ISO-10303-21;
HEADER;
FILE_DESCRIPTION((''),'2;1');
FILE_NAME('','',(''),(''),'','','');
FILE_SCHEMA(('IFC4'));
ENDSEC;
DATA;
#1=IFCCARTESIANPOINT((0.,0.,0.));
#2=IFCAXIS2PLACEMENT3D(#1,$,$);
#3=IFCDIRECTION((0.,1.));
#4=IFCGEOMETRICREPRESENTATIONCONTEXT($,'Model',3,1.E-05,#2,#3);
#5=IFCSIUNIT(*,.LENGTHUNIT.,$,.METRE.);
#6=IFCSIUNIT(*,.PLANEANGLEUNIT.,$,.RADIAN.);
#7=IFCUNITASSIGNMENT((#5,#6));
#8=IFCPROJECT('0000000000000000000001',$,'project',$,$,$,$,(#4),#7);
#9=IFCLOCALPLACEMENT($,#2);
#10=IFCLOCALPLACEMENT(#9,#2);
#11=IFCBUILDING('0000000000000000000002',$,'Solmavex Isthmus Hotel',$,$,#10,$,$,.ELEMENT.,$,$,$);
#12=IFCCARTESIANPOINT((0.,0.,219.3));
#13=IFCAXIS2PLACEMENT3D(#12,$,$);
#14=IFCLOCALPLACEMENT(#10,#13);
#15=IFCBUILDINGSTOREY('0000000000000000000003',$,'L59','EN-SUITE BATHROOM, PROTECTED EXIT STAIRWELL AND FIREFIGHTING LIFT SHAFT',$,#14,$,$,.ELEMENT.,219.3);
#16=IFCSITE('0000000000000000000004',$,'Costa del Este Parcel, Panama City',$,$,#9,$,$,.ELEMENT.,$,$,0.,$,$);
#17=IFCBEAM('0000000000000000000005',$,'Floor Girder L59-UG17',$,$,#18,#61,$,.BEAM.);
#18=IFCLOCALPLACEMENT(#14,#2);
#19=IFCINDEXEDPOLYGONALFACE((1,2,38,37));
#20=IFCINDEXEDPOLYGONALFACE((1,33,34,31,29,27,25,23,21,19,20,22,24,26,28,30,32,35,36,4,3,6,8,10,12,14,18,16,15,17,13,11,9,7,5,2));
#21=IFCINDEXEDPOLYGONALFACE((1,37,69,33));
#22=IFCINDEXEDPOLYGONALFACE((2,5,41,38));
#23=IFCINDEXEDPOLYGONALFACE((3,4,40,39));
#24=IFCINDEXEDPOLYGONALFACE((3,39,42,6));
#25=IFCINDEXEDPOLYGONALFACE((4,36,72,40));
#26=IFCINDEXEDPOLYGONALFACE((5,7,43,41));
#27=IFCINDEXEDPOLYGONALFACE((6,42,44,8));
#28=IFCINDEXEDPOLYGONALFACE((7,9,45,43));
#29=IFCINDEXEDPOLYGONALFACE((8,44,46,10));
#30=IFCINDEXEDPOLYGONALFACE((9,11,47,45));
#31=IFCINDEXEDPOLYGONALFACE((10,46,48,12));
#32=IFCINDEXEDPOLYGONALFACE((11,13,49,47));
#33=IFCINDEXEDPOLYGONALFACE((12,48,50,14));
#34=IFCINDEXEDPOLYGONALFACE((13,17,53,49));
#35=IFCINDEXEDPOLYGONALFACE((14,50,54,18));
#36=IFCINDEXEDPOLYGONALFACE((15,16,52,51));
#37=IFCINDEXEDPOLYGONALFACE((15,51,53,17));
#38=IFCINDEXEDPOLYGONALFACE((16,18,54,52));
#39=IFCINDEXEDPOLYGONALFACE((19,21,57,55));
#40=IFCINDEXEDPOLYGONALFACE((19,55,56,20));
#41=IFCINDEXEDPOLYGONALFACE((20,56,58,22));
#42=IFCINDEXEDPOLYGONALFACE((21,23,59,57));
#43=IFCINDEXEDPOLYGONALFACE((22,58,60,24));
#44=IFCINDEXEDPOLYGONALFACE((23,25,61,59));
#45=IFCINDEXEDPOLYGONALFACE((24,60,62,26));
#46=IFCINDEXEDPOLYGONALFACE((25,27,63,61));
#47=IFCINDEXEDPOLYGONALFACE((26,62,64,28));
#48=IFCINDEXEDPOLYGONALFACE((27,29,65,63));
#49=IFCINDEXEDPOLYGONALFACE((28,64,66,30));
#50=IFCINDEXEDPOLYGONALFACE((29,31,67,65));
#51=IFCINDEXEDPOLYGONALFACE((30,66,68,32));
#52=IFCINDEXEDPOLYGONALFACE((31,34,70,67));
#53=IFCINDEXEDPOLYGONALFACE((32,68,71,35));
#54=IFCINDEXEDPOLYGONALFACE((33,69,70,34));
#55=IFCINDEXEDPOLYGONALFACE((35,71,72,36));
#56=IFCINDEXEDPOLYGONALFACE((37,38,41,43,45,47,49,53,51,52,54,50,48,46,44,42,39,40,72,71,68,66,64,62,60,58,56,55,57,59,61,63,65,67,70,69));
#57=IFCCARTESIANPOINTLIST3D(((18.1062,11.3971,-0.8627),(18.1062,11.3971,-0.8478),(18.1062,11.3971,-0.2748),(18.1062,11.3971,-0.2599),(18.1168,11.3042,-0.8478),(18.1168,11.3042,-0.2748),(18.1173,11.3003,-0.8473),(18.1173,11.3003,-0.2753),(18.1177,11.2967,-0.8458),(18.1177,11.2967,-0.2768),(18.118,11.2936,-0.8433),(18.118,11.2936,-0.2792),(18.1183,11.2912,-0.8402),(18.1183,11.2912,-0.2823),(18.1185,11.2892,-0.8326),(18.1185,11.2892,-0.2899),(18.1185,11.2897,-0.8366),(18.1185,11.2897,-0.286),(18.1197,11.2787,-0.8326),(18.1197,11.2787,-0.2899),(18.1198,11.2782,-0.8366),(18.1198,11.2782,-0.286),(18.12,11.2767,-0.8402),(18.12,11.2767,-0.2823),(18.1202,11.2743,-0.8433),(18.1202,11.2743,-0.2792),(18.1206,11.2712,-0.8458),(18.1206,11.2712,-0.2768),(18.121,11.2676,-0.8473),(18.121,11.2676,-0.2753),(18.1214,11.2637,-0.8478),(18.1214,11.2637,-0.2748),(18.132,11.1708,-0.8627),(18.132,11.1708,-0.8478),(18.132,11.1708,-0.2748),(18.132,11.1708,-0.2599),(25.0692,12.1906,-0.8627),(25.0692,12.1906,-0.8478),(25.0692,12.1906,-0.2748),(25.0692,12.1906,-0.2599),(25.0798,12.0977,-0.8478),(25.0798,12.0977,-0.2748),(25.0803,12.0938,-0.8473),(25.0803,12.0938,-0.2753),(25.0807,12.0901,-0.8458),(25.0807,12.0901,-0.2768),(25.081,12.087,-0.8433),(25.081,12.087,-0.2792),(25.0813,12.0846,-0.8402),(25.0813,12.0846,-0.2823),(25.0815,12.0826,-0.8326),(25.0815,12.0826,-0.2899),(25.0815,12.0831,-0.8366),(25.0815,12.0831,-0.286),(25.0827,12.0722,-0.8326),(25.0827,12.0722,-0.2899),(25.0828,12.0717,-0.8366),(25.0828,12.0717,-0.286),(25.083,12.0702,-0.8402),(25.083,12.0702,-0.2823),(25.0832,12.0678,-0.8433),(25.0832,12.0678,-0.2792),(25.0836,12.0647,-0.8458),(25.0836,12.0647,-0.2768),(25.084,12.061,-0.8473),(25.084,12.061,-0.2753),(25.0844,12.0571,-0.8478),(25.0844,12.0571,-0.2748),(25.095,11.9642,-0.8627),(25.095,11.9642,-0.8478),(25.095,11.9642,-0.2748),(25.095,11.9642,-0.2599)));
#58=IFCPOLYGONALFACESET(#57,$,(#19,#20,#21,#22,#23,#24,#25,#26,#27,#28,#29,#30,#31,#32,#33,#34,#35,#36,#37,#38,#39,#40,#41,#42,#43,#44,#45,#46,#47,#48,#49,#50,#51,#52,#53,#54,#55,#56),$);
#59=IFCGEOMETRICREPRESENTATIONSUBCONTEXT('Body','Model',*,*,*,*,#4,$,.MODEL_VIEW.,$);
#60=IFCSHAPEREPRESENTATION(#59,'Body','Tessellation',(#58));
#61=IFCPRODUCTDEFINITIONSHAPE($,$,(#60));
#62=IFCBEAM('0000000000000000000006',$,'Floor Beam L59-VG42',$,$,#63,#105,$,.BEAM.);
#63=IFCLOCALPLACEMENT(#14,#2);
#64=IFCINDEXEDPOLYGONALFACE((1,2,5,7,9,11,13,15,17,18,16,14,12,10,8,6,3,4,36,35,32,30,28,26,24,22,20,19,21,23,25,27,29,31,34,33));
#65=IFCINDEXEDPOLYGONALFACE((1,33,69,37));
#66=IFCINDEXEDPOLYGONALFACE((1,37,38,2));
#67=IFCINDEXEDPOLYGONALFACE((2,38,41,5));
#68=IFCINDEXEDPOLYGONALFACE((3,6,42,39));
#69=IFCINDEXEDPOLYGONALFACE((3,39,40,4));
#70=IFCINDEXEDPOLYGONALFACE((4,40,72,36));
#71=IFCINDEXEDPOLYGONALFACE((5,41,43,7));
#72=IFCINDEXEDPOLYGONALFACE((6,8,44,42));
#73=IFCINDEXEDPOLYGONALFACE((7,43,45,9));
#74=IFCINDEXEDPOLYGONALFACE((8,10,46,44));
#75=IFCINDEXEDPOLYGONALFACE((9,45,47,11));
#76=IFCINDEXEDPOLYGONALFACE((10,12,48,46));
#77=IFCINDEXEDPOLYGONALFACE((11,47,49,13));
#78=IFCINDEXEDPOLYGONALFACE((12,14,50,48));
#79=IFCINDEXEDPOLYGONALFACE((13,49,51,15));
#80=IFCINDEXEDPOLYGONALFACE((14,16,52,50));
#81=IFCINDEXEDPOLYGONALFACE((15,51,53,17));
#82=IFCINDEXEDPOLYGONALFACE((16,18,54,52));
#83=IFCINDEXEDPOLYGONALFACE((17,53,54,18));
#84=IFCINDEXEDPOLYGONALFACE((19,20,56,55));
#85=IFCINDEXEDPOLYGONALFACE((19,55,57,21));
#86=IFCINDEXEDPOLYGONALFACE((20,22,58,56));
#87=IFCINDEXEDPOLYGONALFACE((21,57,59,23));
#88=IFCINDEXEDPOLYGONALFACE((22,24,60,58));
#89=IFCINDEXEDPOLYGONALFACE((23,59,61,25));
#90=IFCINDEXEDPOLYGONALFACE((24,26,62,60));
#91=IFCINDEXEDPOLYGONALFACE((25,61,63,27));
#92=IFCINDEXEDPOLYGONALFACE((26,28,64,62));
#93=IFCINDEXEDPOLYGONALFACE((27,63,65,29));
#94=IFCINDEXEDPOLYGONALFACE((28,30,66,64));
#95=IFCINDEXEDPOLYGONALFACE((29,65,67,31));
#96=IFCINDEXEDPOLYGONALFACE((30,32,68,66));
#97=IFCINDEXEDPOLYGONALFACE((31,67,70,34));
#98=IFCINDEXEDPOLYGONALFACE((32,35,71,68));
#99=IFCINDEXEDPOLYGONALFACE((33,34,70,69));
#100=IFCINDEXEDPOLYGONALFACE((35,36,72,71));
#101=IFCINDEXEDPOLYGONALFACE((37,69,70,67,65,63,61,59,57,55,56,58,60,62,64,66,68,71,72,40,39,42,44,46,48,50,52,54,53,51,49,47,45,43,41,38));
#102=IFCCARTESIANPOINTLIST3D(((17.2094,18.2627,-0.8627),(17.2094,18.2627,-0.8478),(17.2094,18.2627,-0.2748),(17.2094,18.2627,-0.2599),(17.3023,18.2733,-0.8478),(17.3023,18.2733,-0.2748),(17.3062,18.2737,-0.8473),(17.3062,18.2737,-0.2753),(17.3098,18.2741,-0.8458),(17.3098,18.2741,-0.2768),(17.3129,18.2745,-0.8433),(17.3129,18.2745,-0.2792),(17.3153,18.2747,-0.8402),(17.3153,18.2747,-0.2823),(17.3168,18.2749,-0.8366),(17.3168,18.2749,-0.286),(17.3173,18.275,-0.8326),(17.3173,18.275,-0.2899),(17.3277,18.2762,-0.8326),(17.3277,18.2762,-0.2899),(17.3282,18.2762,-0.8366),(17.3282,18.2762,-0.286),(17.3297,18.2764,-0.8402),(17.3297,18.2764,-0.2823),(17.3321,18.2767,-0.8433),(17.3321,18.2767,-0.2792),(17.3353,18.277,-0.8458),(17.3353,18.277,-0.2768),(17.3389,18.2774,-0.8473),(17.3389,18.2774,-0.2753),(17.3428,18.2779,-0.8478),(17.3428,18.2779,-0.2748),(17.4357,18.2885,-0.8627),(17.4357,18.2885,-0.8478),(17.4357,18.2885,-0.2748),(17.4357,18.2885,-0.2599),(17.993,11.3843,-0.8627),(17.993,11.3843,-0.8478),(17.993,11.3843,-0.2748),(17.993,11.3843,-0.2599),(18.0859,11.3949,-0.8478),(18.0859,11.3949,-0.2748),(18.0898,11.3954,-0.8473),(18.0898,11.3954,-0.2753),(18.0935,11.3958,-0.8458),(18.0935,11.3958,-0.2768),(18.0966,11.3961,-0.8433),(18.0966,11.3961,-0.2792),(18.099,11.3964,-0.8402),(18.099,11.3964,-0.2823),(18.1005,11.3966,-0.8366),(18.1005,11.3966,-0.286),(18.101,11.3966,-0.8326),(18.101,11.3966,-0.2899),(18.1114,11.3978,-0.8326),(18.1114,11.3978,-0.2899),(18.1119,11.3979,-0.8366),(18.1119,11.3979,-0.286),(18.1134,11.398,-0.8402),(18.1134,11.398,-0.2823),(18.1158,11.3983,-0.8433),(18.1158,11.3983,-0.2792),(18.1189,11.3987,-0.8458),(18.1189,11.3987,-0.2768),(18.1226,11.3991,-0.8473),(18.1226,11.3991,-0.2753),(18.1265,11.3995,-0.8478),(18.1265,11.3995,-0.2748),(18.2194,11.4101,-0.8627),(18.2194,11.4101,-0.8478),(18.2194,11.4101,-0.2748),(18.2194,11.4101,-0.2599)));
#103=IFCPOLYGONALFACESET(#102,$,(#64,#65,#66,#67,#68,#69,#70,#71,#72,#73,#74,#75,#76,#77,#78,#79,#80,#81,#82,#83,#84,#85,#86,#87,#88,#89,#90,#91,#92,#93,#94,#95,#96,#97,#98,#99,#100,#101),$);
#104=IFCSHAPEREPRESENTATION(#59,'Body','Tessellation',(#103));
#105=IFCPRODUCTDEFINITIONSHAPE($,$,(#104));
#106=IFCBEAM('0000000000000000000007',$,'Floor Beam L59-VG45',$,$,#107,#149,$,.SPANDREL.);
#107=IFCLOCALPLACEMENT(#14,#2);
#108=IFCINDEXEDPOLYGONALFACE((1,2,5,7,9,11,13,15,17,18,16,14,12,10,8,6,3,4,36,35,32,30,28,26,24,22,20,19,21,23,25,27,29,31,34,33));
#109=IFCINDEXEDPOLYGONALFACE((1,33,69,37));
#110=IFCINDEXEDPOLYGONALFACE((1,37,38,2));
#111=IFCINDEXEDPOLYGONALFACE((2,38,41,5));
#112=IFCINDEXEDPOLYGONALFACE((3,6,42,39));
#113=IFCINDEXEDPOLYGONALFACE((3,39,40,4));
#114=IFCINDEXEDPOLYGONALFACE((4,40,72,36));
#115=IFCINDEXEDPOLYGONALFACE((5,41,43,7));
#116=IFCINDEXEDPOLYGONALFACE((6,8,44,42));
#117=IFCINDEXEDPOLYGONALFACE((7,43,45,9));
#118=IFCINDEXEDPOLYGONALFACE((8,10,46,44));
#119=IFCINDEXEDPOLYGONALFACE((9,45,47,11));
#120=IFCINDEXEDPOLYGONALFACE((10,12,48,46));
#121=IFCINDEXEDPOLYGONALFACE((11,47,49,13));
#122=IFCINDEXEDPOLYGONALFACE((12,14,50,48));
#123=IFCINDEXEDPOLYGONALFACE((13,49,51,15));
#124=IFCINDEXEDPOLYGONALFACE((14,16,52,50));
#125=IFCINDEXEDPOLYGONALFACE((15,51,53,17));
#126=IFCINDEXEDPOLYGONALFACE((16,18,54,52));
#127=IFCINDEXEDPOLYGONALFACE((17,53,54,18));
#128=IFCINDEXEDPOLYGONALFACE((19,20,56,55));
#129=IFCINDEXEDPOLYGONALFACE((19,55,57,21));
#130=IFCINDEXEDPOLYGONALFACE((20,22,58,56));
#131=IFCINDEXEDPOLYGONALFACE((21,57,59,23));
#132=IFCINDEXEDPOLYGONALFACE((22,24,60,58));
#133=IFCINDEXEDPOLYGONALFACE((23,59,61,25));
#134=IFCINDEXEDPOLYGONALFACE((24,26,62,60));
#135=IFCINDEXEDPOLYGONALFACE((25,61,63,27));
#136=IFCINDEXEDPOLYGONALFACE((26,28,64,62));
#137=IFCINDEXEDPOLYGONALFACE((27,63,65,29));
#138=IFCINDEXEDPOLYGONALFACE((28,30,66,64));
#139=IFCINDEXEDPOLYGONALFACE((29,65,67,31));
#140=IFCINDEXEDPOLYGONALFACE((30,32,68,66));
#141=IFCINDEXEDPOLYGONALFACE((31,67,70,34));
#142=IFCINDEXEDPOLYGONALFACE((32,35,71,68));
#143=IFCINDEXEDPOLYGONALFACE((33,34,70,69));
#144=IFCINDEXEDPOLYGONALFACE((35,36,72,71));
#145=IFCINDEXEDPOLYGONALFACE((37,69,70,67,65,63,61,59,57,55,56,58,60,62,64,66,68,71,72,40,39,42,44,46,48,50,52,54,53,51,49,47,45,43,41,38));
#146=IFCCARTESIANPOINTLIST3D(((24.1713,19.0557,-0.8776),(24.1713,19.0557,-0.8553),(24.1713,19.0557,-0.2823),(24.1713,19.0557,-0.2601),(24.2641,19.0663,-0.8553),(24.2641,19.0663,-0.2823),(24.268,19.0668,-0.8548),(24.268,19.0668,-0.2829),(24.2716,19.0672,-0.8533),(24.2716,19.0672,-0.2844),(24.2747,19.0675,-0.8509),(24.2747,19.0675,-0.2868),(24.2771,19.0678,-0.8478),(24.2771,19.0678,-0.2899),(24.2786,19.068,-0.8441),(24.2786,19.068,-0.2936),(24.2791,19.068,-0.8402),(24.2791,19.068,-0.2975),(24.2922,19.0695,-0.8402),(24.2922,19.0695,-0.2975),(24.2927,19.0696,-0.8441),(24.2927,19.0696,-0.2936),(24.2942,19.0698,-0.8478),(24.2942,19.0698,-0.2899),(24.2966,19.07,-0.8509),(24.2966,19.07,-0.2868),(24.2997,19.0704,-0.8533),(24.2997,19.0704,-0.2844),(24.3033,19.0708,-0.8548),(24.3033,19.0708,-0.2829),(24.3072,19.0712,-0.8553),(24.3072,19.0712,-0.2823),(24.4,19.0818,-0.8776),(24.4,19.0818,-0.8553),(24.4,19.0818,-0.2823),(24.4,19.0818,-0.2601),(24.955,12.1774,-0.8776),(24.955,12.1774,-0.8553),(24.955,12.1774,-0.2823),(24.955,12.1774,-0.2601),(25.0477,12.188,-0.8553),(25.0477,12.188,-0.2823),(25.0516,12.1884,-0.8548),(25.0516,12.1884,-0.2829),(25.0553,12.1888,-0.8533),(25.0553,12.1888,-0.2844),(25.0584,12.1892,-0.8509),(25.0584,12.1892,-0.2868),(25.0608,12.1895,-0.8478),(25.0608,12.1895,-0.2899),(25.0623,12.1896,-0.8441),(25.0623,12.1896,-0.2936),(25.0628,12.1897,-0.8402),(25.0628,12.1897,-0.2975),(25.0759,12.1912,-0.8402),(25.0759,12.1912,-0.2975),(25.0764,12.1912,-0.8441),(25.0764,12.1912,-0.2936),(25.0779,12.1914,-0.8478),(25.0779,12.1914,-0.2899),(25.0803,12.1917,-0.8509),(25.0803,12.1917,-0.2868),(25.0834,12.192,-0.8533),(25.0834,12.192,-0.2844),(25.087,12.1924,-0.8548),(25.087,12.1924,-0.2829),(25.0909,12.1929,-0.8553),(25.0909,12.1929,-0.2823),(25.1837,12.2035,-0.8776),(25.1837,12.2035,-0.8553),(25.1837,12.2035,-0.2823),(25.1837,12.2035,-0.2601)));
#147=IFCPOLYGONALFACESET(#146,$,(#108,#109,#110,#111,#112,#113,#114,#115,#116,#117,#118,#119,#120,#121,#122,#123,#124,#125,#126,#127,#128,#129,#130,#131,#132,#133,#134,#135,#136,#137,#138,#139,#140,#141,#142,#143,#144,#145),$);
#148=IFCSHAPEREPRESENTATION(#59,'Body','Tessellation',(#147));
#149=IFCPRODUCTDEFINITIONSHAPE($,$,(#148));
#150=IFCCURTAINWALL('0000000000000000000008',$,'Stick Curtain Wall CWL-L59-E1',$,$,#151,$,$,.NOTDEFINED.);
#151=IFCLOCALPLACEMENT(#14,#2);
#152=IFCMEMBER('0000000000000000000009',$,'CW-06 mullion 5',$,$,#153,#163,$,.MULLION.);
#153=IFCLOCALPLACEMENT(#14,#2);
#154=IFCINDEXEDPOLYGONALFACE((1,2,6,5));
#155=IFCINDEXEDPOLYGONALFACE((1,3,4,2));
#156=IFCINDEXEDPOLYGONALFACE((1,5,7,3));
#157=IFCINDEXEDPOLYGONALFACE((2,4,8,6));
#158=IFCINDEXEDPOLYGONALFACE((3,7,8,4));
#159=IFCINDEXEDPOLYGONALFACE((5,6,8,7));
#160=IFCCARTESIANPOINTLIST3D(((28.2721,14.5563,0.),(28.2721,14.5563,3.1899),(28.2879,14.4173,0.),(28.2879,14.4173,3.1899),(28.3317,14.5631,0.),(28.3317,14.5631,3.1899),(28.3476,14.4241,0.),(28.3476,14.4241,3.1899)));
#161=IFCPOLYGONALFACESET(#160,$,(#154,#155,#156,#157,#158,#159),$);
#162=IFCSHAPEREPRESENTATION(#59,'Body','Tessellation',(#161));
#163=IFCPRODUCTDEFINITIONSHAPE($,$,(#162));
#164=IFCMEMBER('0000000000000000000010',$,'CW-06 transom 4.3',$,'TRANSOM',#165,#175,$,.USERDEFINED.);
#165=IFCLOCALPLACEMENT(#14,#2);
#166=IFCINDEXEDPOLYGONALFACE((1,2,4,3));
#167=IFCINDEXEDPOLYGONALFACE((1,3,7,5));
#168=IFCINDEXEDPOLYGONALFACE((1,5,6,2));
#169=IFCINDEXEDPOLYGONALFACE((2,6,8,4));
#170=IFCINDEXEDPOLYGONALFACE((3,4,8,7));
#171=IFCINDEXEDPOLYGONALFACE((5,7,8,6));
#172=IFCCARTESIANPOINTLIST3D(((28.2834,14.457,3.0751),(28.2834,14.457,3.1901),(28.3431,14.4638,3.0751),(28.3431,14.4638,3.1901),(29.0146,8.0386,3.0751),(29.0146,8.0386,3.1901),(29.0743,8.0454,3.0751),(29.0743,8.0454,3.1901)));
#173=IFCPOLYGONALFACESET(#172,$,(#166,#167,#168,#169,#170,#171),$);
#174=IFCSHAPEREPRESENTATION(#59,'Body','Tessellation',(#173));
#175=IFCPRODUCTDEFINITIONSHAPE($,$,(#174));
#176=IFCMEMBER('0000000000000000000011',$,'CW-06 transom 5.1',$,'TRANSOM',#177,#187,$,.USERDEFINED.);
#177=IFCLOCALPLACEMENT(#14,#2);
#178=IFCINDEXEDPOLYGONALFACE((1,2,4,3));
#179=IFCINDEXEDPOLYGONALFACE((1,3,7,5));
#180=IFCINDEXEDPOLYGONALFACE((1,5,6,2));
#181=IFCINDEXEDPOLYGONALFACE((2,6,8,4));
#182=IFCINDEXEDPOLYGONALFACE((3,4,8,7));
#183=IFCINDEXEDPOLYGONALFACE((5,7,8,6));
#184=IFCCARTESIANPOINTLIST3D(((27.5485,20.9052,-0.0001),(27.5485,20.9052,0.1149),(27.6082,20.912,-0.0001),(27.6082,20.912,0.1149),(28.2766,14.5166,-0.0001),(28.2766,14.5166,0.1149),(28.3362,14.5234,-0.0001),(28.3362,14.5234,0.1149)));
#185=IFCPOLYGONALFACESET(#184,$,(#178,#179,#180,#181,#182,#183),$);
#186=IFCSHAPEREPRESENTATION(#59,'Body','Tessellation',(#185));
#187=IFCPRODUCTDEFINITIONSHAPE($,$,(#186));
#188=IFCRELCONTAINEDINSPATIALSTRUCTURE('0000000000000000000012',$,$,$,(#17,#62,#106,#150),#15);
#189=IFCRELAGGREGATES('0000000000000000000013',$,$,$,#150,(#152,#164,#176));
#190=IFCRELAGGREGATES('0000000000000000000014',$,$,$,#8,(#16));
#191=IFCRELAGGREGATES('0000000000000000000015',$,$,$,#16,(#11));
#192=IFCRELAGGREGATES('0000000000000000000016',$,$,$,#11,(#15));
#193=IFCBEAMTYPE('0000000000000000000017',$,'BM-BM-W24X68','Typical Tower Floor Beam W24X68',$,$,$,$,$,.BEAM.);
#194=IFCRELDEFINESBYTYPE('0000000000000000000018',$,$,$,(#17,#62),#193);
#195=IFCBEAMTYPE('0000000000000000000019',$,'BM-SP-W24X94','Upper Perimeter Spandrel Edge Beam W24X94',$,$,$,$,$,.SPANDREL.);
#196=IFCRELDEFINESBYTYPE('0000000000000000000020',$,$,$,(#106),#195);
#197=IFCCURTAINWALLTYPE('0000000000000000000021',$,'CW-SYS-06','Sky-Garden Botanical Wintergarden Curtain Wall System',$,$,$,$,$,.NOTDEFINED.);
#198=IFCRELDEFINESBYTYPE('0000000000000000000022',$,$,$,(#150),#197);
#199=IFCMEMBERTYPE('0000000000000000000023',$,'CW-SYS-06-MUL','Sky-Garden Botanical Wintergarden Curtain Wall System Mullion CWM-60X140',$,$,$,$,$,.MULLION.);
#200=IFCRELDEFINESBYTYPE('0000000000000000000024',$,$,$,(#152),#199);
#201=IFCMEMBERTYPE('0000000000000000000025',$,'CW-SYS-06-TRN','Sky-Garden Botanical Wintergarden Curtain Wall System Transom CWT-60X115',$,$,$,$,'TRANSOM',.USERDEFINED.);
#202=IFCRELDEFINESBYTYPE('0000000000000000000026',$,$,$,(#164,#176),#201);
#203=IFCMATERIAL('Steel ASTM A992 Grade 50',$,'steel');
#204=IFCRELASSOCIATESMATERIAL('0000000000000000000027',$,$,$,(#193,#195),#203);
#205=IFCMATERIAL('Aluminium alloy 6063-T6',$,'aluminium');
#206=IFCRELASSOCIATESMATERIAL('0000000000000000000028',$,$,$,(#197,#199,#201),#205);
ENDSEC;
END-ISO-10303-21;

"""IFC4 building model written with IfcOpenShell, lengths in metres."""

from ifc_helpers import new_model, si_unit, direction, frame, origin, origin_2d, place, context, subcontext, project, spatial, rectangle, i_section, extrude, material, material_profile, profile_set, type_object, element, aggregate, save


model = new_model("IFC4")

# Units and contexts
model_context = context("Model", 3, precision=1e-05, world=origin(), true_north=direction((0.0, 1.0)))
body_context = subcontext(model_context, "Body", "Model", "MODEL_VIEW")
ifc_project = project(units=[si_unit("LENGTHUNIT", "METRE"), si_unit("PLANEANGLEUNIT", "RADIAN")], contexts=[model_context])

# Site, building, storey
site_placement = place(None, origin())
site = spatial("IfcSite", under=ifc_project, at=site_placement, Name="Costa del Este Parcel, Panama City", CompositionType="ELEMENT", RefElevation=0.0)
building_placement = place(site_placement, origin())
building = spatial("IfcBuilding", under=site, at=building_placement, Name="Solmavex Isthmus Hotel", CompositionType="ELEMENT")
storey_placement = place(building_placement, frame((0.0, 0.0, 219.3)))
storey = spatial("IfcBuildingStorey", under=building, at=storey_placement, Name="L59", Description="EN-SUITE BATHROOM, PROTECTED EXIT STAIRWELL AND FIREFIGHTING LIFT SHAFT", CompositionType="ELEMENT", Elevation=219.3)

# Beams
ifc_material_1 = material(Name="Steel ASTM A992 Grade 50", Category="steel")
ifc_material_profile_1 = material_profile(ifc_material_1, i_section(OverallWidth=0.2278, OverallDepth=0.6028, WebThickness=0.0105, FlangeThickness=0.0149, FilletRadius=0.0151, at=origin_2d()), Name="W24X68")
ifc_profile_set_1 = profile_set([ifc_material_profile_1], Name="Steel ASTM A992 Grade 50")
beam_type_1 = type_object("IfcBeamType", Name="BM-BM-W24X68", Description="Typical Tower Floor Beam W24X68", PredefinedType="BEAM", material=ifc_profile_set_1)
beam_1_placement = place(storey_placement, frame((18.1191, 11.2839, -0.5613), z_axis=(0.99357, 0.113222, 0.0), x_axis=(-0.113222, 0.99357, 0.0)))
element("IfcBeam", 1, at=beam_1_placement, inside=storey, type_object=beam_type_1, Name="Floor Girder L59-UG17", PredefinedType="BEAM", context=body_context, shape_type="SweptSolid", body=[
    extrude(i_section(OverallWidth=0.2278, OverallDepth=0.6028, WebThickness=0.0105, FlangeThickness=0.0149, FilletRadius=0.0151, at=origin_2d()), origin(), (0.0, 0.0, 1.0), 7.0081),
])
beam_2_placement = place(storey_placement, frame((18.1062, 11.3972, -0.5613), z_axis=(-0.113202, 0.993572, 0.0), x_axis=(-0.993572, -0.113202, 0.0)))
element("IfcBeam", 2, at=beam_2_placement, inside=storey, type_object=beam_type_1, Name="Floor Beam L59-VG42", PredefinedType="BEAM", context=body_context, shape_type="SweptSolid", body=[
    extrude(i_section(OverallWidth=0.2278, OverallDepth=0.6028, WebThickness=0.0105, FlangeThickness=0.0149, FilletRadius=0.0151, at=origin_2d()), origin(), (0.0, 0.0, 1.0), 6.9229),
])
ifc_material_profile_2 = material_profile(ifc_material_1, i_section(OverallWidth=0.2302, OverallDepth=0.6174, WebThickness=0.0132, FlangeThickness=0.0222, FilletRadius=0.0151, at=origin_2d()), Name="W24X94")
ifc_profile_set_2 = profile_set([ifc_material_profile_2], Name="Steel ASTM A992 Grade 50")
beam_type_2 = type_object("IfcBeamType", Name="BM-SP-W24X94", Description="Upper Perimeter Spandrel Edge Beam W24X94", PredefinedType="SPANDREL", material=ifc_profile_set_2)
beam_3_placement = place(storey_placement, frame((25.0693, 12.1904, -0.5688), z_axis=(-0.113202, 0.993572, 0.0), x_axis=(-0.993572, -0.113202, 0.0)))
element("IfcBeam", 3, at=beam_3_placement, inside=storey, type_object=beam_type_2, Name="Floor Beam L59-VG45", PredefinedType="SPANDREL", context=body_context, shape_type="SweptSolid", body=[
    extrude(i_section(OverallWidth=0.2302, OverallDepth=0.6174, WebThickness=0.0132, FlangeThickness=0.0222, FilletRadius=0.0151, at=origin_2d()), origin(), (0.0, 0.0, 1.0), 6.9229),
])

# Curtain wall, members
ifc_material_2 = material(Name="Aluminium alloy 6063-T6", Category="aluminium")
curtain_wall_type = type_object("IfcCurtainWallType", Name="CW-SYS-06", Description="Sky-Garden Botanical Wintergarden Curtain Wall System", PredefinedType="NOTDEFINED", material=ifc_material_2)
curtain_wall_placement = place(storey_placement, origin())
curtain_wall = element("IfcCurtainWall", 4, at=curtain_wall_placement, inside=storey, type_object=curtain_wall_type, Name="Stick Curtain Wall CWL-L59-E1", PredefinedType="NOTDEFINED")
ifc_material_profile_3 = material_profile(ifc_material_2, rectangle(XDim=0.0601, YDim=0.1399, at=origin_2d()), Name="CWM-60X140")
ifc_profile_set_3 = profile_set([ifc_material_profile_3], Name="Aluminium alloy 6063-T6")
member_type_1 = type_object("IfcMemberType", Name="CW-SYS-06-MUL", Description="Sky-Garden Botanical Wintergarden Curtain Wall System Mullion CWM-60X140", PredefinedType="MULLION", material=ifc_profile_set_3)
member_1_placement = place(storey_placement, frame((28.3098, 14.4902, 0.0), z_axis=(0.0, 0.0, 1.0), x_axis=(-0.993572, -0.113203, 0.0)))
member_1 = element("IfcMember", 5, at=member_1_placement, type_object=member_type_1, Name="CW-06 mullion 5", PredefinedType="MULLION", context=body_context, shape_type="SweptSolid", body=[
    extrude(rectangle(XDim=0.0601, YDim=0.1399, at=origin_2d()), origin(), (0.0, 0.0, 1.0), 3.1899),
])
ifc_material_profile_4 = material_profile(ifc_material_2, rectangle(XDim=0.0601, YDim=0.115, at=origin_2d()), Name="CWT-60X115")
ifc_profile_set_4 = profile_set([ifc_material_profile_4], Name="Aluminium alloy 6063-T6")
member_type_2 = type_object("IfcMemberType", Name="CW-SYS-06-TRN", Description="Sky-Garden Botanical Wintergarden Curtain Wall System Transom CWT-60X115", ElementType="TRANSOM", PredefinedType="USERDEFINED", material=ifc_profile_set_4)
member_2_placement = place(storey_placement, frame((29.0444, 8.042, 3.1326), z_axis=(-0.11319, 0.993573, 0.0), x_axis=(-0.993573, -0.11319, 0.0)))
member_2 = element("IfcMember", 6, at=member_2_placement, type_object=member_type_2, Name="CW-06 transom 4.3", ObjectType="TRANSOM", PredefinedType="USERDEFINED", context=body_context, shape_type="SweptSolid", body=[
    extrude(rectangle(XDim=0.0601, YDim=0.115, at=origin_2d()), origin(), (0.0, 0.0, 1.0), 6.46),
])
member_3_placement = place(storey_placement, frame((28.3064, 14.52, 0.0574), z_axis=(-0.113223, 0.99357, 0.0), x_axis=(-0.99357, -0.113223, 0.0)))
member_3 = element("IfcMember", 7, at=member_3_placement, type_object=member_type_2, Name="CW-06 transom 5.1", ObjectType="TRANSOM", PredefinedType="USERDEFINED", context=body_context, shape_type="SweptSolid", body=[
    extrude(rectangle(XDim=0.0601, YDim=0.115, at=origin_2d()), origin(), (0.0, 0.0, 1.0), 6.4299),
])
aggregate(curtain_wall, [member_1, member_2, member_3])

save(model, "model.ifc")
